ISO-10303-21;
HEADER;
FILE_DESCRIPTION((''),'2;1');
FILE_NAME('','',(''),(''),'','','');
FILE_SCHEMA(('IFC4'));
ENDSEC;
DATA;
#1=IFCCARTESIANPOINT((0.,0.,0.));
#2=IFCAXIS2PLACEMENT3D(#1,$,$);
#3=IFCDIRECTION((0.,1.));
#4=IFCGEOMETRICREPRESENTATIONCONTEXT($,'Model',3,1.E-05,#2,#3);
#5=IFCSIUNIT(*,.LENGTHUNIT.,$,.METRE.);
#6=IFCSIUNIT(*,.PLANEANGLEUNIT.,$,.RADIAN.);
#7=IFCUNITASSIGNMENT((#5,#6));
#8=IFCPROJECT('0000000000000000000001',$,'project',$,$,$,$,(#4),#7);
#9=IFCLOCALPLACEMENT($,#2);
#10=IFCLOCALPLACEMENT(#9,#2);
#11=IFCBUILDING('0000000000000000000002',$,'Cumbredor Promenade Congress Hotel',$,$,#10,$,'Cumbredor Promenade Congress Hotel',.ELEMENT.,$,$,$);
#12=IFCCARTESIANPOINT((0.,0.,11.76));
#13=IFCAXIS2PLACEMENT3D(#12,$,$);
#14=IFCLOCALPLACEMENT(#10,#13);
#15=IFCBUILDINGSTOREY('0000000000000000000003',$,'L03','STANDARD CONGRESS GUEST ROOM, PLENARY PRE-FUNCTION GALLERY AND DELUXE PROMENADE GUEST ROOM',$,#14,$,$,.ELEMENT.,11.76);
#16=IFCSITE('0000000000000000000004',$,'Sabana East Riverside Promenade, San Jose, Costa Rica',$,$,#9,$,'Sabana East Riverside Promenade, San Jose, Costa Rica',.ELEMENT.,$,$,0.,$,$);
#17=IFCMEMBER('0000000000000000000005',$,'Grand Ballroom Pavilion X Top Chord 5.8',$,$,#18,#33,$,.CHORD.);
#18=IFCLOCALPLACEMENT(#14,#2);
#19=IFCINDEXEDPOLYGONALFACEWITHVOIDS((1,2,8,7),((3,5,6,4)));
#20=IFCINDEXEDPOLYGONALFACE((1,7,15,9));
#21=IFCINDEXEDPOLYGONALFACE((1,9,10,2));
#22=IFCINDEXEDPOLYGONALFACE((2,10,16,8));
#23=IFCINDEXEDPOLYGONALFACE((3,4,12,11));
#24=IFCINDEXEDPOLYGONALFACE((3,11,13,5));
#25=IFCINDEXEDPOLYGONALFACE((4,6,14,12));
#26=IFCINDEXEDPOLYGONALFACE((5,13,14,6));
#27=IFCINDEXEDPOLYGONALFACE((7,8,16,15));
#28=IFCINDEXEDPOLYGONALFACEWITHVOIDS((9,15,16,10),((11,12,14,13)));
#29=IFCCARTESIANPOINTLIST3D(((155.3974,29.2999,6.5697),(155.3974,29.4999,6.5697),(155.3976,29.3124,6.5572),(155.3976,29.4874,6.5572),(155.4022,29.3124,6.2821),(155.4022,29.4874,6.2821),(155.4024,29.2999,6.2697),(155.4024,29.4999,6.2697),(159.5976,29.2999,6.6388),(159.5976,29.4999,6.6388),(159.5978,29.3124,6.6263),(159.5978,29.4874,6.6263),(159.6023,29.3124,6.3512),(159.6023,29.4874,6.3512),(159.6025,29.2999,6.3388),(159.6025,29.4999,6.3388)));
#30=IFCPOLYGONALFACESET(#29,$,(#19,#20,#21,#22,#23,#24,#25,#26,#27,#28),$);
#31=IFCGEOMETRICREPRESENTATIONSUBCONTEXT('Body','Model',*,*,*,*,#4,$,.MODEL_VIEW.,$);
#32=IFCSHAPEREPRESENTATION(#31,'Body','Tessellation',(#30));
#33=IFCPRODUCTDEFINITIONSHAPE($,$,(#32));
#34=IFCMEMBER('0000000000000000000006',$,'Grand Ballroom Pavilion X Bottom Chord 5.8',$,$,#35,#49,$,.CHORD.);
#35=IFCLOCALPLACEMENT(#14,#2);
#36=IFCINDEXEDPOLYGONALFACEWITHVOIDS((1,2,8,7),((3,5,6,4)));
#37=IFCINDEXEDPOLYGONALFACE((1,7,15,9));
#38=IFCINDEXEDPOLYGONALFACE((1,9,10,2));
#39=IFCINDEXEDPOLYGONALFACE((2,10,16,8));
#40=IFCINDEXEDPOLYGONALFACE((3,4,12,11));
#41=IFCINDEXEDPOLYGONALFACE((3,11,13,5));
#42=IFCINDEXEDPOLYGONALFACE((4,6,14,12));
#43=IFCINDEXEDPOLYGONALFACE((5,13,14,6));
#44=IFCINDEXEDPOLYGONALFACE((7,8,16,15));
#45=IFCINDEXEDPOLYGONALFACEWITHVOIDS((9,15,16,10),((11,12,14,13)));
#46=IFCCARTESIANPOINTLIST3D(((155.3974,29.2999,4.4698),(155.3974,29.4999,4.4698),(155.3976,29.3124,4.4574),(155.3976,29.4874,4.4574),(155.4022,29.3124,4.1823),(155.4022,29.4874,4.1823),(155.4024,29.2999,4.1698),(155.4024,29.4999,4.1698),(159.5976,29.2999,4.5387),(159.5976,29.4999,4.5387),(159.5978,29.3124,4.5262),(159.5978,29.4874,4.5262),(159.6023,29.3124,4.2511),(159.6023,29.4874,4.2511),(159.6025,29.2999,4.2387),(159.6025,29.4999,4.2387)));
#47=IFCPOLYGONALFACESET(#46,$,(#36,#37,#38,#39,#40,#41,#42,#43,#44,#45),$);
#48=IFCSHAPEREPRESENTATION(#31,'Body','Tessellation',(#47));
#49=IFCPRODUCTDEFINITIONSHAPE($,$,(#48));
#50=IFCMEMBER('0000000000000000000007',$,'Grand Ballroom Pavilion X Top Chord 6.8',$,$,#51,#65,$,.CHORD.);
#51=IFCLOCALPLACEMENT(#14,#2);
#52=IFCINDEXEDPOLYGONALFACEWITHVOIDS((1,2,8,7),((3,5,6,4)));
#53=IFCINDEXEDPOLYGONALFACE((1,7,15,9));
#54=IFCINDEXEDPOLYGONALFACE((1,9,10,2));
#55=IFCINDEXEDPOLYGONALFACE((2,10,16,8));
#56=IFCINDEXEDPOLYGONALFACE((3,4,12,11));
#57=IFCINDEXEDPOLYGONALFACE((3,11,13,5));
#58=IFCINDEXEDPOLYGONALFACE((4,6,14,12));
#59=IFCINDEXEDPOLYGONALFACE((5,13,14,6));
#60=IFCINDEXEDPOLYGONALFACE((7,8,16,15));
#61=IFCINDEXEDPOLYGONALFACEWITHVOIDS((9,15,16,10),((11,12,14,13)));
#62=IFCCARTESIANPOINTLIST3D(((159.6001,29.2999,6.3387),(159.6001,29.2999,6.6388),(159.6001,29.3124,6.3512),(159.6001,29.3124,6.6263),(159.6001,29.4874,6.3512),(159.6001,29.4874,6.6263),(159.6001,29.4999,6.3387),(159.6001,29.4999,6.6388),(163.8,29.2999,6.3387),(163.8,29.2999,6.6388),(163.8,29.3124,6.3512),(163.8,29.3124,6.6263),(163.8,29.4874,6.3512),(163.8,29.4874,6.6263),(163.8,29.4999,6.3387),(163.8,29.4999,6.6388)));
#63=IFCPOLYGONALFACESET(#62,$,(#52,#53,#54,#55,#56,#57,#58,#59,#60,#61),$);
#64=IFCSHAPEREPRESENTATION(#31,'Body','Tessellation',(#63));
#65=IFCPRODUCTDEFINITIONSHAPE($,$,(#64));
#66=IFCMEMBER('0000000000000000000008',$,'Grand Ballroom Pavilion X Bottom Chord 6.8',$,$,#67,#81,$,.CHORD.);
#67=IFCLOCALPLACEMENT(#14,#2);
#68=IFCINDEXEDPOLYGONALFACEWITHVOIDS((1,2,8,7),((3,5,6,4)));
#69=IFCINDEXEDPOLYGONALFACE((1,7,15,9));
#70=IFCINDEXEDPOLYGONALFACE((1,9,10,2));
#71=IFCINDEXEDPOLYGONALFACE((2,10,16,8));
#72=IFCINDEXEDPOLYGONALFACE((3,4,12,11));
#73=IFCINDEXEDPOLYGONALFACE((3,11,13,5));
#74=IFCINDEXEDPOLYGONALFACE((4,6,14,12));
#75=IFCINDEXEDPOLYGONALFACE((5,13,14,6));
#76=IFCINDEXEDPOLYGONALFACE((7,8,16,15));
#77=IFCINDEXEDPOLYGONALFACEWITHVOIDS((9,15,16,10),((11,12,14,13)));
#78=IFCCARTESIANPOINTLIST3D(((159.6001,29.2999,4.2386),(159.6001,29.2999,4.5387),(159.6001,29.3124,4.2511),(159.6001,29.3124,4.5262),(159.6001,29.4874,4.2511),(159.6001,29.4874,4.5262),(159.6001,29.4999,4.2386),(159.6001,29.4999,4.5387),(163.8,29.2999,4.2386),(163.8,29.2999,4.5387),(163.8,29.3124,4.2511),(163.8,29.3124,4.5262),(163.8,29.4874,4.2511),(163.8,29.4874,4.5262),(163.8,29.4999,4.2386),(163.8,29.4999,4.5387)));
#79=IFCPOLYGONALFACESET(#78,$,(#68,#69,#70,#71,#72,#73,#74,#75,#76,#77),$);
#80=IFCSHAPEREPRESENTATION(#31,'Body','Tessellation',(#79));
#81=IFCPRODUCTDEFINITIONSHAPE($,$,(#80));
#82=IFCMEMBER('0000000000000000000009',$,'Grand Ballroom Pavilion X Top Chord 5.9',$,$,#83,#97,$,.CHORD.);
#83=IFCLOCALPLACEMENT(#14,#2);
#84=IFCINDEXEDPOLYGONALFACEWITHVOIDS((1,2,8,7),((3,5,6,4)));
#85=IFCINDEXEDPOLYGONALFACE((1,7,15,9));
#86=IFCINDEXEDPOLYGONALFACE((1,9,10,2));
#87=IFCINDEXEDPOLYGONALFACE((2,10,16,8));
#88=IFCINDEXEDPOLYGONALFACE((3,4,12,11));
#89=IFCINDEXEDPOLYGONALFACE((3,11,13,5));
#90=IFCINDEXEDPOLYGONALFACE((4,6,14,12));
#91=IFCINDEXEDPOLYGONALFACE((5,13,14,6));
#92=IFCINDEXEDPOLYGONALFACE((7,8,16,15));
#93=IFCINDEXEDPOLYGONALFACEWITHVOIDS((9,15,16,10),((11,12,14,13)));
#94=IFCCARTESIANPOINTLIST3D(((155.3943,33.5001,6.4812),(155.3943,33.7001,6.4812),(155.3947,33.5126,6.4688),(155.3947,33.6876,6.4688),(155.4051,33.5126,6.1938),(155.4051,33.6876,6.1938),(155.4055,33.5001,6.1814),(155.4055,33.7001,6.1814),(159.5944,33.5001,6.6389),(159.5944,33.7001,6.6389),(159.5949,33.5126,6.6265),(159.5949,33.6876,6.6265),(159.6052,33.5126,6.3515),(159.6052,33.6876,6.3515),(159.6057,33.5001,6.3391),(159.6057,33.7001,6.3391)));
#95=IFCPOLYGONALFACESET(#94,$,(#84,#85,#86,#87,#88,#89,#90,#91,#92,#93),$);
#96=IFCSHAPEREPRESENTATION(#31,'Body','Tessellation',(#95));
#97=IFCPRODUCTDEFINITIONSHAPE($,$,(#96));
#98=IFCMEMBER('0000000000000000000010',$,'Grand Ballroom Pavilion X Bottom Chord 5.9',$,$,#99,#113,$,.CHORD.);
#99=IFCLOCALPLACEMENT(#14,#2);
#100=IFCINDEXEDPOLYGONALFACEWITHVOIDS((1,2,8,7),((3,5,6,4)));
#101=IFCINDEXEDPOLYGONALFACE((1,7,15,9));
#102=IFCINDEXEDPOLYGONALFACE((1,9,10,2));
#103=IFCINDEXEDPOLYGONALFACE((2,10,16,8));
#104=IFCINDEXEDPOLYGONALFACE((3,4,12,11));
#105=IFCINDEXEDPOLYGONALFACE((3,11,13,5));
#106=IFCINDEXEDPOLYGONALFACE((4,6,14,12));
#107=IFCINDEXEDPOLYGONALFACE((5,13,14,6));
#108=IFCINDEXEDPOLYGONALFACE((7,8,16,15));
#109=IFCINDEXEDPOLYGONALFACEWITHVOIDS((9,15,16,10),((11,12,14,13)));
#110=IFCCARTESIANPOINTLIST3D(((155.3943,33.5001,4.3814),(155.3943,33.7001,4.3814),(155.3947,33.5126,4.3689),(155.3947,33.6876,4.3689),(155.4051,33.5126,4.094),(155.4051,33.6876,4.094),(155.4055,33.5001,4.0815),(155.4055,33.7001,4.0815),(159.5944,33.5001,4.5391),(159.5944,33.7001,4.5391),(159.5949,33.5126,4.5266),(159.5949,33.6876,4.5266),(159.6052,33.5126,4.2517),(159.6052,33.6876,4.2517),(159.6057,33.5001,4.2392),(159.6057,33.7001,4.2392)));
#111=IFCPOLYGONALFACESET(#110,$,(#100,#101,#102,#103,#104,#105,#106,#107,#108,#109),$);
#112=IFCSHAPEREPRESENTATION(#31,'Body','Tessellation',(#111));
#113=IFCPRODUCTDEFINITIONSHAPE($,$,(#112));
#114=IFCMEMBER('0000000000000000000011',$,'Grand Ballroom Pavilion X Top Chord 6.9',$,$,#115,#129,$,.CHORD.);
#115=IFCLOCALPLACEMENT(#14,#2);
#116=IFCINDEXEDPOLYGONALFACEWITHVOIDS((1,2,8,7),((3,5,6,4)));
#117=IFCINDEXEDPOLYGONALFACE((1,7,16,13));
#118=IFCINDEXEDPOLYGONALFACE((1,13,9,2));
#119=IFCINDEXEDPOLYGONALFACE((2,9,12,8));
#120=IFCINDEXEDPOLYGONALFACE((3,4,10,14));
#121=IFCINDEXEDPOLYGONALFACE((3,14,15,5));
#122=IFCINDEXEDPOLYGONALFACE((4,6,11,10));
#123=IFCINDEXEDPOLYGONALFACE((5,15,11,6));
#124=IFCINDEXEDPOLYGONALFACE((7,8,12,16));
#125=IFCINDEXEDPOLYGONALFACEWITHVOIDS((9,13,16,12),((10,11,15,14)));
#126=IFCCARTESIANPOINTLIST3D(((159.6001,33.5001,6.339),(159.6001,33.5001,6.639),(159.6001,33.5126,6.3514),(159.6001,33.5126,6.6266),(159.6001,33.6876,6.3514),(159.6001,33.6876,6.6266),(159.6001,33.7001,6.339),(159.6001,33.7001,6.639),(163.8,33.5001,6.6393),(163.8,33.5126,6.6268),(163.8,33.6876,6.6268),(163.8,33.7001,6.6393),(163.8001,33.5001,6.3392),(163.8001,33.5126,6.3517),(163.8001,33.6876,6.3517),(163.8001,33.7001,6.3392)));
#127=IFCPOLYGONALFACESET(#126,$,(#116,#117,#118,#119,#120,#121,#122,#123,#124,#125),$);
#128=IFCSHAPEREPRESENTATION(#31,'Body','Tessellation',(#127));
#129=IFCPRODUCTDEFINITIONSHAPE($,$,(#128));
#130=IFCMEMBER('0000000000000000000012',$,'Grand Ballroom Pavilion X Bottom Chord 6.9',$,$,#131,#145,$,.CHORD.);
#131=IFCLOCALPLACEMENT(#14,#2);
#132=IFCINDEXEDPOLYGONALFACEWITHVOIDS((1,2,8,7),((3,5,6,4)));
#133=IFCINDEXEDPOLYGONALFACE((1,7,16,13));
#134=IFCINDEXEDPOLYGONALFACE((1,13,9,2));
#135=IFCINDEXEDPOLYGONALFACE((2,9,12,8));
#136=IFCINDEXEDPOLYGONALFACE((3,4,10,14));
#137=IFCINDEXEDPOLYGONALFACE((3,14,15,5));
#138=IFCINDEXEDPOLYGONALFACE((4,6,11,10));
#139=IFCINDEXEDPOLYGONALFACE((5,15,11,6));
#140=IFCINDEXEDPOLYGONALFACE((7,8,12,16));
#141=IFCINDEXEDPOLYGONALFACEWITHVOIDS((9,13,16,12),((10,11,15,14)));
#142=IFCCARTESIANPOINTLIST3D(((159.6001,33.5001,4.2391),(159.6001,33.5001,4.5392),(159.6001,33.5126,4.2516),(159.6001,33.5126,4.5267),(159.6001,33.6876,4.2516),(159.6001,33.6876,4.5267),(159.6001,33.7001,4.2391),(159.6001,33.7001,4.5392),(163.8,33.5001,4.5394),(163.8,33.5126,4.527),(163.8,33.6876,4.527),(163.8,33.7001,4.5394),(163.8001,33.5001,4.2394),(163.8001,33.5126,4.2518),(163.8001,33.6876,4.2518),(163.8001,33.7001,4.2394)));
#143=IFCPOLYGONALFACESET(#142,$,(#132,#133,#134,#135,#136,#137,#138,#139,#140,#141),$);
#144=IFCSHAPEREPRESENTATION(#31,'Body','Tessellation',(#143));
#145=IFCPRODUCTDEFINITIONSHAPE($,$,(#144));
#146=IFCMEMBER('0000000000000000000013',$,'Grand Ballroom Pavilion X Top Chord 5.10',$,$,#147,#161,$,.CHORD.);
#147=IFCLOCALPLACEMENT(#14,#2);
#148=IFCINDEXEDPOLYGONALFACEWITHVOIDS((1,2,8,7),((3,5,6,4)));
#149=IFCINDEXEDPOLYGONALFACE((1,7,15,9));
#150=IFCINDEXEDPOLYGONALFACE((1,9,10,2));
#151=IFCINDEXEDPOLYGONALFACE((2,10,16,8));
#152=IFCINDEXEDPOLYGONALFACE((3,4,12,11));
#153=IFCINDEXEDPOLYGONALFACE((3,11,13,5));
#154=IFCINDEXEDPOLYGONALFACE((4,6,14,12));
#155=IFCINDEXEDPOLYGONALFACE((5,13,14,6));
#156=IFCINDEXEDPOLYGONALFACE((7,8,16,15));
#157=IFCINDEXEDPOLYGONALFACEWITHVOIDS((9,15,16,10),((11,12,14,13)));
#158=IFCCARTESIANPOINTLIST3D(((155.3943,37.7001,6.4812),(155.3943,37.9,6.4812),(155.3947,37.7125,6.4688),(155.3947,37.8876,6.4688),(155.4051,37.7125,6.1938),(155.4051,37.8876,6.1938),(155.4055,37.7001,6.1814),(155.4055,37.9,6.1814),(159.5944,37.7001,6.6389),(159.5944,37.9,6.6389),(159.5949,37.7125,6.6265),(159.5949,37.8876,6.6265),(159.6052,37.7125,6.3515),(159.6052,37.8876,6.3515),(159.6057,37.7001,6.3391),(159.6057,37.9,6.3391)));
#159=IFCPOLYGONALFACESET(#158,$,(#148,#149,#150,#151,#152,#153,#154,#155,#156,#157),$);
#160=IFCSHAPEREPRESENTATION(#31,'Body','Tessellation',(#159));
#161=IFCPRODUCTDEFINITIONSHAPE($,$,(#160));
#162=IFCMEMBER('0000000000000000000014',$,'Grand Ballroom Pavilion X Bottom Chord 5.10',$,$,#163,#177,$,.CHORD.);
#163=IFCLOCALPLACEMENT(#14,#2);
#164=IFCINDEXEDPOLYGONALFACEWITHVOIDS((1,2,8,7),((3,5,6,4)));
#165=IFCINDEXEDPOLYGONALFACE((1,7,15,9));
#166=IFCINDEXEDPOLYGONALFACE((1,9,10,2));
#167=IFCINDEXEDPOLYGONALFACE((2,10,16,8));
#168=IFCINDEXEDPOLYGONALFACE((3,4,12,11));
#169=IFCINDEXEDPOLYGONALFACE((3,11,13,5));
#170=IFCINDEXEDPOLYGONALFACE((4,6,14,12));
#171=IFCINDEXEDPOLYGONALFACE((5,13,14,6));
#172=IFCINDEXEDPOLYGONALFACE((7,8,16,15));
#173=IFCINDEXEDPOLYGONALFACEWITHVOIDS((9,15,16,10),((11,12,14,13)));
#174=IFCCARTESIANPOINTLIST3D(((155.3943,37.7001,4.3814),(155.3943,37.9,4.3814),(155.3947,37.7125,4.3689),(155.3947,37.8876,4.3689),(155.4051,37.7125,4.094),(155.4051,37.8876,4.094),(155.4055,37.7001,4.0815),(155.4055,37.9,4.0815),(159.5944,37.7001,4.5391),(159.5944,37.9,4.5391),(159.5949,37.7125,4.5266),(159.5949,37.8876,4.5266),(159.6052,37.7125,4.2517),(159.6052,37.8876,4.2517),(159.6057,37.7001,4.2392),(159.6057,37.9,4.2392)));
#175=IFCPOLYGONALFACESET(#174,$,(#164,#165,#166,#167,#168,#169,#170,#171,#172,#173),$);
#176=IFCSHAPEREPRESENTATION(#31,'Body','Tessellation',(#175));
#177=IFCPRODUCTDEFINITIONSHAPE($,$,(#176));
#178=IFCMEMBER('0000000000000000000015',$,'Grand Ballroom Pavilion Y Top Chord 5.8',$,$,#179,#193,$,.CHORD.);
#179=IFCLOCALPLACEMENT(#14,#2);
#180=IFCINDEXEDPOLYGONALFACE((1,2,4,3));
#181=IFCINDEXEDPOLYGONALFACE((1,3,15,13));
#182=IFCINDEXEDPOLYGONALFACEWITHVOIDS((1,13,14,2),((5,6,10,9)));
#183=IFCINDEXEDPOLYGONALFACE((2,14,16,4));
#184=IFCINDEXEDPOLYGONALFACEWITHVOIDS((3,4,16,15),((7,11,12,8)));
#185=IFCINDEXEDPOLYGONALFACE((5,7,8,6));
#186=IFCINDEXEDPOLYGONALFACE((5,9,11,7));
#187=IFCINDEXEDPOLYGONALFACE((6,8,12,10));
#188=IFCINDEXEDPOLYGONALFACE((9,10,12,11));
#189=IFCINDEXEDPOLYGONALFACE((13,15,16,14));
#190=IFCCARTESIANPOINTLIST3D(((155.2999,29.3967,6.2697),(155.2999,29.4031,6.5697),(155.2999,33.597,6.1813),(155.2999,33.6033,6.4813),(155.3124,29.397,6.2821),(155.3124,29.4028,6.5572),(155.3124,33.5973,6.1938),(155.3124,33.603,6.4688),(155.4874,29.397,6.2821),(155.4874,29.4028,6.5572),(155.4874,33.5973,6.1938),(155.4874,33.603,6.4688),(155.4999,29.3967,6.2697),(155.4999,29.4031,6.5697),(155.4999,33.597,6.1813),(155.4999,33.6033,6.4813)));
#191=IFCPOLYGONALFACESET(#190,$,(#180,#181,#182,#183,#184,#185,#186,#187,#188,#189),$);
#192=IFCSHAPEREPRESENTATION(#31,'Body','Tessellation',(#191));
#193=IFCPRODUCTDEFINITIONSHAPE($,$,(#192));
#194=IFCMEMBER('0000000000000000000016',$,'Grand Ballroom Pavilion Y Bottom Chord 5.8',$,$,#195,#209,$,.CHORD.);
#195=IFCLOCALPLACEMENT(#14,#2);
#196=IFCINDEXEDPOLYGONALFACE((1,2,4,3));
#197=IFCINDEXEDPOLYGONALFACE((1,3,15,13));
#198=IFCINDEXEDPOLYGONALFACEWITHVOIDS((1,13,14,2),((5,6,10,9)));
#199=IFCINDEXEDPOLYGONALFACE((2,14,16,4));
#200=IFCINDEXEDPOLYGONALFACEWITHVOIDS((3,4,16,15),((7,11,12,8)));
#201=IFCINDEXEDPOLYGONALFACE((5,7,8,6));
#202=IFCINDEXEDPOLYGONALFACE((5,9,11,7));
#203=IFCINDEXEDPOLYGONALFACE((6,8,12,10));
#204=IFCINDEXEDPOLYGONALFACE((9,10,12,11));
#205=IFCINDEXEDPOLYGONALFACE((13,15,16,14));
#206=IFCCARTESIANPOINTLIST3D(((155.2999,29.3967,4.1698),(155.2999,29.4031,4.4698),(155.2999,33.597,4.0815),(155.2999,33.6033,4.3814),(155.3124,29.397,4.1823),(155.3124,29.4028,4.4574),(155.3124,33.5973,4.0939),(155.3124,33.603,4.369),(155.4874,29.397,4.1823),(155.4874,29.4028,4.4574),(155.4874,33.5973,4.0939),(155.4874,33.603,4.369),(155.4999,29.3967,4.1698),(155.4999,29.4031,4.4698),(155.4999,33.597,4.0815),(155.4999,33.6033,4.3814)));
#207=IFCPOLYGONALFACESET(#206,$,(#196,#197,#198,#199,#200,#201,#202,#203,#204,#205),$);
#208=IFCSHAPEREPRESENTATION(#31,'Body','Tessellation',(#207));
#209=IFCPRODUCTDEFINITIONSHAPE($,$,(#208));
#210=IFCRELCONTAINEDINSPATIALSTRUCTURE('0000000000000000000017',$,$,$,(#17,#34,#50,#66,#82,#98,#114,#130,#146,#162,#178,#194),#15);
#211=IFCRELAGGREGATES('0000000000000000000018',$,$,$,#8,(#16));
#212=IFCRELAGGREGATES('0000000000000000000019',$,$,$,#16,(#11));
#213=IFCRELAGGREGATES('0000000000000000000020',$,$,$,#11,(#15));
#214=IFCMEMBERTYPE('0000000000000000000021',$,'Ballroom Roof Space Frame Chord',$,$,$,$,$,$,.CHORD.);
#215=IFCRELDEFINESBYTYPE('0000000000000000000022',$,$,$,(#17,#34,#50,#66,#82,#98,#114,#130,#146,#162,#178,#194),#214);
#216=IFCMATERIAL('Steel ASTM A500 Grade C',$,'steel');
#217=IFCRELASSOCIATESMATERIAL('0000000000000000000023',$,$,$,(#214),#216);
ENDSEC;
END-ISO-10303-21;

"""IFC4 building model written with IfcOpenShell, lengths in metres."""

from ifc_helpers import new_model, si_unit, direction, frame, origin, origin_2d, place, context, subcontext, project, spatial, hollow_rectangle, extrude, material, material_profile, profile_set, type_object, element, save


model = new_model("IFC4")

# Units and contexts
model_context = context("Model", 3, precision=1e-05, world=origin(), true_north=direction((0.0, 1.0)))
body_context = subcontext(model_context, "Body", "Model", "MODEL_VIEW")
ifc_project = project(units=[si_unit("LENGTHUNIT", "METRE"), si_unit("PLANEANGLEUNIT", "RADIAN")], contexts=[model_context])

# Site, building, storey
site_placement = place(None, origin())
site = spatial("IfcSite", under=ifc_project, at=site_placement, Name="Sabana East Riverside Promenade, San Jose, Costa Rica", LongName="Sabana East Riverside Promenade, San Jose, Costa Rica", CompositionType="ELEMENT", RefElevation=0.0)
building_placement = place(site_placement, origin())
building = spatial("IfcBuilding", under=site, at=building_placement, Name="Cumbredor Promenade Congress Hotel", LongName="Cumbredor Promenade Congress Hotel", CompositionType="ELEMENT")
storey_placement = place(building_placement, frame((0.0, 0.0, 11.76)))
storey = spatial("IfcBuildingStorey", under=building, at=storey_placement, Name="L03", Description="STANDARD CONGRESS GUEST ROOM, PLENARY PRE-FUNCTION GALLERY AND DELUXE PROMENADE GUEST ROOM", CompositionType="ELEMENT", Elevation=11.76)

# Members
ifc_material_1 = material(Name="Steel ASTM A500 Grade C", Category="steel")
ifc_material_profile_1 = material_profile(ifc_material_1, hollow_rectangle(XDim=0.2, YDim=0.3, WallThickness=0.0125, at=origin_2d()), Name="HSS 300x200x12.5")
ifc_profile_set_1 = profile_set([ifc_material_profile_1], Name="Steel ASTM A500 Grade C")
member_type_1 = type_object("IfcMemberType", Name="Ballroom Roof Space Frame Chord", PredefinedType="CHORD", material=ifc_profile_set_1)
for number, where, z_axis, x_axis, name in (
    (1, (155.3999, 29.3999, 6.4197), (0.999865, 0.0, 0.016447), (0.0, 1.0, 0.0), "Grand Ballroom Pavilion X Top Chord 5.8"),
    (2, (155.3999, 29.3999, 4.3198), (0.999866, 0.0, 0.016389), (0.0, 1.0, 0.0), "Grand Ballroom Pavilion X Bottom Chord 5.8"),
):
    element("IfcMember", number, at=place(storey_placement, frame(where, z_axis=z_axis, x_axis=x_axis)), inside=storey, type_object=member_type_1, Name=name, PredefinedType="CHORD", context=body_context, shape_type="SweptSolid", body=[
        extrude(hollow_rectangle(XDim=0.2, YDim=0.3, WallThickness=0.0125, at=origin_2d()), origin(), (0.0, 0.0, 1.0), 4.2007),
    ])
for number, where, z_axis, x_axis, name in (
    (3, (159.6001, 29.3999, 6.4888), (1.0, 0.0, 0.0), (0.0, 1.0, 0.0), "Grand Ballroom Pavilion X Top Chord 6.8"),
    (4, (159.6001, 29.3999, 4.3887), (1.0, 0.0, 0.0), (0.0, 1.0, 0.0), "Grand Ballroom Pavilion X Bottom Chord 6.8"),
):
    element("IfcMember", number, at=place(storey_placement, frame(where, z_axis=z_axis, x_axis=x_axis)), inside=storey, type_object=member_type_1, Name=name, PredefinedType="CHORD", context=body_context, shape_type="SweptSolid", body=[
        extrude(hollow_rectangle(XDim=0.2, YDim=0.3, WallThickness=0.0125, at=origin_2d()), origin(), (0.0, 0.0, 1.0), 4.2),
    ])
for number, where, z_axis, x_axis, name in (
    (5, (155.3999, 33.6001, 6.3313), (0.999296, 0.0, 0.037523), (0.0, 1.0, 0.0), "Grand Ballroom Pavilion X Top Chord 5.9"),
    (6, (155.3999, 33.6001, 4.2314), (0.999296, 0.0, 0.037523), (0.0, 1.0, 0.0), "Grand Ballroom Pavilion X Bottom Chord 5.9"),
):
    element("IfcMember", number, at=place(storey_placement, frame(where, z_axis=z_axis, x_axis=x_axis)), inside=storey, type_object=member_type_1, Name=name, PredefinedType="CHORD", context=body_context, shape_type="SweptSolid", body=[
        extrude(hollow_rectangle(XDim=0.2, YDim=0.3, WallThickness=0.0125, at=origin_2d()), origin(), (0.0, 0.0, 1.0), 4.2031),
    ])
for number, where, z_axis, x_axis, name in (
    (7, (159.6001, 33.6001, 6.489), (1.0, 0.0, 0.000058), (0.0, 1.0, 0.0), "Grand Ballroom Pavilion X Top Chord 6.9"),
    (8, (159.6001, 33.6001, 4.3892), (1.0, 0.0, 0.000058), (0.0, 1.0, 0.0), "Grand Ballroom Pavilion X Bottom Chord 6.9"),
):
    element("IfcMember", number, at=place(storey_placement, frame(where, z_axis=z_axis, x_axis=x_axis)), inside=storey, type_object=member_type_1, Name=name, PredefinedType="CHORD", context=body_context, shape_type="SweptSolid", body=[
        extrude(hollow_rectangle(XDim=0.2, YDim=0.3, WallThickness=0.0125, at=origin_2d()), origin(), (0.0, 0.0, 1.0), 4.2),
    ])
for number, where, z_axis, x_axis, name in (
    (9, (155.3999, 37.8, 6.3313), (0.999296, 0.0, 0.037523), (0.0, 1.0, 0.0), "Grand Ballroom Pavilion X Top Chord 5.10"),
    (10, (155.3999, 37.8, 4.2314), (0.999296, 0.0, 0.037523), (0.0, 1.0, 0.0), "Grand Ballroom Pavilion X Bottom Chord 5.10"),
):
    element("IfcMember", number, at=place(storey_placement, frame(where, z_axis=z_axis, x_axis=x_axis)), inside=storey, type_object=member_type_1, Name=name, PredefinedType="CHORD", context=body_context, shape_type="SweptSolid", body=[
        extrude(hollow_rectangle(XDim=0.2, YDim=0.3, WallThickness=0.0125, at=origin_2d()), origin(), (0.0, 0.0, 1.0), 4.2031),
    ])
for number, where, z_axis, x_axis, name in (
    (11, (155.3999, 29.3999, 6.4197), (0.0, 0.999779, -0.021037), (-1.0, 0.0, 0.0), "Grand Ballroom Pavilion Y Top Chord 5.8"),
    (12, (155.3999, 29.3999, 4.3198), (0.0, 0.999779, -0.021037), (-1.0, 0.0, 0.0), "Grand Ballroom Pavilion Y Bottom Chord 5.8"),
):
    element("IfcMember", number, at=place(storey_placement, frame(where, z_axis=z_axis, x_axis=x_axis)), inside=storey, type_object=member_type_1, Name=name, PredefinedType="CHORD", context=body_context, shape_type="SweptSolid", body=[
        extrude(hollow_rectangle(XDim=0.2, YDim=0.3, WallThickness=0.0125, at=origin_2d()), origin(), (0.0, 0.0, 1.0), 4.2012),
    ])

save(model, "model.ifc")
